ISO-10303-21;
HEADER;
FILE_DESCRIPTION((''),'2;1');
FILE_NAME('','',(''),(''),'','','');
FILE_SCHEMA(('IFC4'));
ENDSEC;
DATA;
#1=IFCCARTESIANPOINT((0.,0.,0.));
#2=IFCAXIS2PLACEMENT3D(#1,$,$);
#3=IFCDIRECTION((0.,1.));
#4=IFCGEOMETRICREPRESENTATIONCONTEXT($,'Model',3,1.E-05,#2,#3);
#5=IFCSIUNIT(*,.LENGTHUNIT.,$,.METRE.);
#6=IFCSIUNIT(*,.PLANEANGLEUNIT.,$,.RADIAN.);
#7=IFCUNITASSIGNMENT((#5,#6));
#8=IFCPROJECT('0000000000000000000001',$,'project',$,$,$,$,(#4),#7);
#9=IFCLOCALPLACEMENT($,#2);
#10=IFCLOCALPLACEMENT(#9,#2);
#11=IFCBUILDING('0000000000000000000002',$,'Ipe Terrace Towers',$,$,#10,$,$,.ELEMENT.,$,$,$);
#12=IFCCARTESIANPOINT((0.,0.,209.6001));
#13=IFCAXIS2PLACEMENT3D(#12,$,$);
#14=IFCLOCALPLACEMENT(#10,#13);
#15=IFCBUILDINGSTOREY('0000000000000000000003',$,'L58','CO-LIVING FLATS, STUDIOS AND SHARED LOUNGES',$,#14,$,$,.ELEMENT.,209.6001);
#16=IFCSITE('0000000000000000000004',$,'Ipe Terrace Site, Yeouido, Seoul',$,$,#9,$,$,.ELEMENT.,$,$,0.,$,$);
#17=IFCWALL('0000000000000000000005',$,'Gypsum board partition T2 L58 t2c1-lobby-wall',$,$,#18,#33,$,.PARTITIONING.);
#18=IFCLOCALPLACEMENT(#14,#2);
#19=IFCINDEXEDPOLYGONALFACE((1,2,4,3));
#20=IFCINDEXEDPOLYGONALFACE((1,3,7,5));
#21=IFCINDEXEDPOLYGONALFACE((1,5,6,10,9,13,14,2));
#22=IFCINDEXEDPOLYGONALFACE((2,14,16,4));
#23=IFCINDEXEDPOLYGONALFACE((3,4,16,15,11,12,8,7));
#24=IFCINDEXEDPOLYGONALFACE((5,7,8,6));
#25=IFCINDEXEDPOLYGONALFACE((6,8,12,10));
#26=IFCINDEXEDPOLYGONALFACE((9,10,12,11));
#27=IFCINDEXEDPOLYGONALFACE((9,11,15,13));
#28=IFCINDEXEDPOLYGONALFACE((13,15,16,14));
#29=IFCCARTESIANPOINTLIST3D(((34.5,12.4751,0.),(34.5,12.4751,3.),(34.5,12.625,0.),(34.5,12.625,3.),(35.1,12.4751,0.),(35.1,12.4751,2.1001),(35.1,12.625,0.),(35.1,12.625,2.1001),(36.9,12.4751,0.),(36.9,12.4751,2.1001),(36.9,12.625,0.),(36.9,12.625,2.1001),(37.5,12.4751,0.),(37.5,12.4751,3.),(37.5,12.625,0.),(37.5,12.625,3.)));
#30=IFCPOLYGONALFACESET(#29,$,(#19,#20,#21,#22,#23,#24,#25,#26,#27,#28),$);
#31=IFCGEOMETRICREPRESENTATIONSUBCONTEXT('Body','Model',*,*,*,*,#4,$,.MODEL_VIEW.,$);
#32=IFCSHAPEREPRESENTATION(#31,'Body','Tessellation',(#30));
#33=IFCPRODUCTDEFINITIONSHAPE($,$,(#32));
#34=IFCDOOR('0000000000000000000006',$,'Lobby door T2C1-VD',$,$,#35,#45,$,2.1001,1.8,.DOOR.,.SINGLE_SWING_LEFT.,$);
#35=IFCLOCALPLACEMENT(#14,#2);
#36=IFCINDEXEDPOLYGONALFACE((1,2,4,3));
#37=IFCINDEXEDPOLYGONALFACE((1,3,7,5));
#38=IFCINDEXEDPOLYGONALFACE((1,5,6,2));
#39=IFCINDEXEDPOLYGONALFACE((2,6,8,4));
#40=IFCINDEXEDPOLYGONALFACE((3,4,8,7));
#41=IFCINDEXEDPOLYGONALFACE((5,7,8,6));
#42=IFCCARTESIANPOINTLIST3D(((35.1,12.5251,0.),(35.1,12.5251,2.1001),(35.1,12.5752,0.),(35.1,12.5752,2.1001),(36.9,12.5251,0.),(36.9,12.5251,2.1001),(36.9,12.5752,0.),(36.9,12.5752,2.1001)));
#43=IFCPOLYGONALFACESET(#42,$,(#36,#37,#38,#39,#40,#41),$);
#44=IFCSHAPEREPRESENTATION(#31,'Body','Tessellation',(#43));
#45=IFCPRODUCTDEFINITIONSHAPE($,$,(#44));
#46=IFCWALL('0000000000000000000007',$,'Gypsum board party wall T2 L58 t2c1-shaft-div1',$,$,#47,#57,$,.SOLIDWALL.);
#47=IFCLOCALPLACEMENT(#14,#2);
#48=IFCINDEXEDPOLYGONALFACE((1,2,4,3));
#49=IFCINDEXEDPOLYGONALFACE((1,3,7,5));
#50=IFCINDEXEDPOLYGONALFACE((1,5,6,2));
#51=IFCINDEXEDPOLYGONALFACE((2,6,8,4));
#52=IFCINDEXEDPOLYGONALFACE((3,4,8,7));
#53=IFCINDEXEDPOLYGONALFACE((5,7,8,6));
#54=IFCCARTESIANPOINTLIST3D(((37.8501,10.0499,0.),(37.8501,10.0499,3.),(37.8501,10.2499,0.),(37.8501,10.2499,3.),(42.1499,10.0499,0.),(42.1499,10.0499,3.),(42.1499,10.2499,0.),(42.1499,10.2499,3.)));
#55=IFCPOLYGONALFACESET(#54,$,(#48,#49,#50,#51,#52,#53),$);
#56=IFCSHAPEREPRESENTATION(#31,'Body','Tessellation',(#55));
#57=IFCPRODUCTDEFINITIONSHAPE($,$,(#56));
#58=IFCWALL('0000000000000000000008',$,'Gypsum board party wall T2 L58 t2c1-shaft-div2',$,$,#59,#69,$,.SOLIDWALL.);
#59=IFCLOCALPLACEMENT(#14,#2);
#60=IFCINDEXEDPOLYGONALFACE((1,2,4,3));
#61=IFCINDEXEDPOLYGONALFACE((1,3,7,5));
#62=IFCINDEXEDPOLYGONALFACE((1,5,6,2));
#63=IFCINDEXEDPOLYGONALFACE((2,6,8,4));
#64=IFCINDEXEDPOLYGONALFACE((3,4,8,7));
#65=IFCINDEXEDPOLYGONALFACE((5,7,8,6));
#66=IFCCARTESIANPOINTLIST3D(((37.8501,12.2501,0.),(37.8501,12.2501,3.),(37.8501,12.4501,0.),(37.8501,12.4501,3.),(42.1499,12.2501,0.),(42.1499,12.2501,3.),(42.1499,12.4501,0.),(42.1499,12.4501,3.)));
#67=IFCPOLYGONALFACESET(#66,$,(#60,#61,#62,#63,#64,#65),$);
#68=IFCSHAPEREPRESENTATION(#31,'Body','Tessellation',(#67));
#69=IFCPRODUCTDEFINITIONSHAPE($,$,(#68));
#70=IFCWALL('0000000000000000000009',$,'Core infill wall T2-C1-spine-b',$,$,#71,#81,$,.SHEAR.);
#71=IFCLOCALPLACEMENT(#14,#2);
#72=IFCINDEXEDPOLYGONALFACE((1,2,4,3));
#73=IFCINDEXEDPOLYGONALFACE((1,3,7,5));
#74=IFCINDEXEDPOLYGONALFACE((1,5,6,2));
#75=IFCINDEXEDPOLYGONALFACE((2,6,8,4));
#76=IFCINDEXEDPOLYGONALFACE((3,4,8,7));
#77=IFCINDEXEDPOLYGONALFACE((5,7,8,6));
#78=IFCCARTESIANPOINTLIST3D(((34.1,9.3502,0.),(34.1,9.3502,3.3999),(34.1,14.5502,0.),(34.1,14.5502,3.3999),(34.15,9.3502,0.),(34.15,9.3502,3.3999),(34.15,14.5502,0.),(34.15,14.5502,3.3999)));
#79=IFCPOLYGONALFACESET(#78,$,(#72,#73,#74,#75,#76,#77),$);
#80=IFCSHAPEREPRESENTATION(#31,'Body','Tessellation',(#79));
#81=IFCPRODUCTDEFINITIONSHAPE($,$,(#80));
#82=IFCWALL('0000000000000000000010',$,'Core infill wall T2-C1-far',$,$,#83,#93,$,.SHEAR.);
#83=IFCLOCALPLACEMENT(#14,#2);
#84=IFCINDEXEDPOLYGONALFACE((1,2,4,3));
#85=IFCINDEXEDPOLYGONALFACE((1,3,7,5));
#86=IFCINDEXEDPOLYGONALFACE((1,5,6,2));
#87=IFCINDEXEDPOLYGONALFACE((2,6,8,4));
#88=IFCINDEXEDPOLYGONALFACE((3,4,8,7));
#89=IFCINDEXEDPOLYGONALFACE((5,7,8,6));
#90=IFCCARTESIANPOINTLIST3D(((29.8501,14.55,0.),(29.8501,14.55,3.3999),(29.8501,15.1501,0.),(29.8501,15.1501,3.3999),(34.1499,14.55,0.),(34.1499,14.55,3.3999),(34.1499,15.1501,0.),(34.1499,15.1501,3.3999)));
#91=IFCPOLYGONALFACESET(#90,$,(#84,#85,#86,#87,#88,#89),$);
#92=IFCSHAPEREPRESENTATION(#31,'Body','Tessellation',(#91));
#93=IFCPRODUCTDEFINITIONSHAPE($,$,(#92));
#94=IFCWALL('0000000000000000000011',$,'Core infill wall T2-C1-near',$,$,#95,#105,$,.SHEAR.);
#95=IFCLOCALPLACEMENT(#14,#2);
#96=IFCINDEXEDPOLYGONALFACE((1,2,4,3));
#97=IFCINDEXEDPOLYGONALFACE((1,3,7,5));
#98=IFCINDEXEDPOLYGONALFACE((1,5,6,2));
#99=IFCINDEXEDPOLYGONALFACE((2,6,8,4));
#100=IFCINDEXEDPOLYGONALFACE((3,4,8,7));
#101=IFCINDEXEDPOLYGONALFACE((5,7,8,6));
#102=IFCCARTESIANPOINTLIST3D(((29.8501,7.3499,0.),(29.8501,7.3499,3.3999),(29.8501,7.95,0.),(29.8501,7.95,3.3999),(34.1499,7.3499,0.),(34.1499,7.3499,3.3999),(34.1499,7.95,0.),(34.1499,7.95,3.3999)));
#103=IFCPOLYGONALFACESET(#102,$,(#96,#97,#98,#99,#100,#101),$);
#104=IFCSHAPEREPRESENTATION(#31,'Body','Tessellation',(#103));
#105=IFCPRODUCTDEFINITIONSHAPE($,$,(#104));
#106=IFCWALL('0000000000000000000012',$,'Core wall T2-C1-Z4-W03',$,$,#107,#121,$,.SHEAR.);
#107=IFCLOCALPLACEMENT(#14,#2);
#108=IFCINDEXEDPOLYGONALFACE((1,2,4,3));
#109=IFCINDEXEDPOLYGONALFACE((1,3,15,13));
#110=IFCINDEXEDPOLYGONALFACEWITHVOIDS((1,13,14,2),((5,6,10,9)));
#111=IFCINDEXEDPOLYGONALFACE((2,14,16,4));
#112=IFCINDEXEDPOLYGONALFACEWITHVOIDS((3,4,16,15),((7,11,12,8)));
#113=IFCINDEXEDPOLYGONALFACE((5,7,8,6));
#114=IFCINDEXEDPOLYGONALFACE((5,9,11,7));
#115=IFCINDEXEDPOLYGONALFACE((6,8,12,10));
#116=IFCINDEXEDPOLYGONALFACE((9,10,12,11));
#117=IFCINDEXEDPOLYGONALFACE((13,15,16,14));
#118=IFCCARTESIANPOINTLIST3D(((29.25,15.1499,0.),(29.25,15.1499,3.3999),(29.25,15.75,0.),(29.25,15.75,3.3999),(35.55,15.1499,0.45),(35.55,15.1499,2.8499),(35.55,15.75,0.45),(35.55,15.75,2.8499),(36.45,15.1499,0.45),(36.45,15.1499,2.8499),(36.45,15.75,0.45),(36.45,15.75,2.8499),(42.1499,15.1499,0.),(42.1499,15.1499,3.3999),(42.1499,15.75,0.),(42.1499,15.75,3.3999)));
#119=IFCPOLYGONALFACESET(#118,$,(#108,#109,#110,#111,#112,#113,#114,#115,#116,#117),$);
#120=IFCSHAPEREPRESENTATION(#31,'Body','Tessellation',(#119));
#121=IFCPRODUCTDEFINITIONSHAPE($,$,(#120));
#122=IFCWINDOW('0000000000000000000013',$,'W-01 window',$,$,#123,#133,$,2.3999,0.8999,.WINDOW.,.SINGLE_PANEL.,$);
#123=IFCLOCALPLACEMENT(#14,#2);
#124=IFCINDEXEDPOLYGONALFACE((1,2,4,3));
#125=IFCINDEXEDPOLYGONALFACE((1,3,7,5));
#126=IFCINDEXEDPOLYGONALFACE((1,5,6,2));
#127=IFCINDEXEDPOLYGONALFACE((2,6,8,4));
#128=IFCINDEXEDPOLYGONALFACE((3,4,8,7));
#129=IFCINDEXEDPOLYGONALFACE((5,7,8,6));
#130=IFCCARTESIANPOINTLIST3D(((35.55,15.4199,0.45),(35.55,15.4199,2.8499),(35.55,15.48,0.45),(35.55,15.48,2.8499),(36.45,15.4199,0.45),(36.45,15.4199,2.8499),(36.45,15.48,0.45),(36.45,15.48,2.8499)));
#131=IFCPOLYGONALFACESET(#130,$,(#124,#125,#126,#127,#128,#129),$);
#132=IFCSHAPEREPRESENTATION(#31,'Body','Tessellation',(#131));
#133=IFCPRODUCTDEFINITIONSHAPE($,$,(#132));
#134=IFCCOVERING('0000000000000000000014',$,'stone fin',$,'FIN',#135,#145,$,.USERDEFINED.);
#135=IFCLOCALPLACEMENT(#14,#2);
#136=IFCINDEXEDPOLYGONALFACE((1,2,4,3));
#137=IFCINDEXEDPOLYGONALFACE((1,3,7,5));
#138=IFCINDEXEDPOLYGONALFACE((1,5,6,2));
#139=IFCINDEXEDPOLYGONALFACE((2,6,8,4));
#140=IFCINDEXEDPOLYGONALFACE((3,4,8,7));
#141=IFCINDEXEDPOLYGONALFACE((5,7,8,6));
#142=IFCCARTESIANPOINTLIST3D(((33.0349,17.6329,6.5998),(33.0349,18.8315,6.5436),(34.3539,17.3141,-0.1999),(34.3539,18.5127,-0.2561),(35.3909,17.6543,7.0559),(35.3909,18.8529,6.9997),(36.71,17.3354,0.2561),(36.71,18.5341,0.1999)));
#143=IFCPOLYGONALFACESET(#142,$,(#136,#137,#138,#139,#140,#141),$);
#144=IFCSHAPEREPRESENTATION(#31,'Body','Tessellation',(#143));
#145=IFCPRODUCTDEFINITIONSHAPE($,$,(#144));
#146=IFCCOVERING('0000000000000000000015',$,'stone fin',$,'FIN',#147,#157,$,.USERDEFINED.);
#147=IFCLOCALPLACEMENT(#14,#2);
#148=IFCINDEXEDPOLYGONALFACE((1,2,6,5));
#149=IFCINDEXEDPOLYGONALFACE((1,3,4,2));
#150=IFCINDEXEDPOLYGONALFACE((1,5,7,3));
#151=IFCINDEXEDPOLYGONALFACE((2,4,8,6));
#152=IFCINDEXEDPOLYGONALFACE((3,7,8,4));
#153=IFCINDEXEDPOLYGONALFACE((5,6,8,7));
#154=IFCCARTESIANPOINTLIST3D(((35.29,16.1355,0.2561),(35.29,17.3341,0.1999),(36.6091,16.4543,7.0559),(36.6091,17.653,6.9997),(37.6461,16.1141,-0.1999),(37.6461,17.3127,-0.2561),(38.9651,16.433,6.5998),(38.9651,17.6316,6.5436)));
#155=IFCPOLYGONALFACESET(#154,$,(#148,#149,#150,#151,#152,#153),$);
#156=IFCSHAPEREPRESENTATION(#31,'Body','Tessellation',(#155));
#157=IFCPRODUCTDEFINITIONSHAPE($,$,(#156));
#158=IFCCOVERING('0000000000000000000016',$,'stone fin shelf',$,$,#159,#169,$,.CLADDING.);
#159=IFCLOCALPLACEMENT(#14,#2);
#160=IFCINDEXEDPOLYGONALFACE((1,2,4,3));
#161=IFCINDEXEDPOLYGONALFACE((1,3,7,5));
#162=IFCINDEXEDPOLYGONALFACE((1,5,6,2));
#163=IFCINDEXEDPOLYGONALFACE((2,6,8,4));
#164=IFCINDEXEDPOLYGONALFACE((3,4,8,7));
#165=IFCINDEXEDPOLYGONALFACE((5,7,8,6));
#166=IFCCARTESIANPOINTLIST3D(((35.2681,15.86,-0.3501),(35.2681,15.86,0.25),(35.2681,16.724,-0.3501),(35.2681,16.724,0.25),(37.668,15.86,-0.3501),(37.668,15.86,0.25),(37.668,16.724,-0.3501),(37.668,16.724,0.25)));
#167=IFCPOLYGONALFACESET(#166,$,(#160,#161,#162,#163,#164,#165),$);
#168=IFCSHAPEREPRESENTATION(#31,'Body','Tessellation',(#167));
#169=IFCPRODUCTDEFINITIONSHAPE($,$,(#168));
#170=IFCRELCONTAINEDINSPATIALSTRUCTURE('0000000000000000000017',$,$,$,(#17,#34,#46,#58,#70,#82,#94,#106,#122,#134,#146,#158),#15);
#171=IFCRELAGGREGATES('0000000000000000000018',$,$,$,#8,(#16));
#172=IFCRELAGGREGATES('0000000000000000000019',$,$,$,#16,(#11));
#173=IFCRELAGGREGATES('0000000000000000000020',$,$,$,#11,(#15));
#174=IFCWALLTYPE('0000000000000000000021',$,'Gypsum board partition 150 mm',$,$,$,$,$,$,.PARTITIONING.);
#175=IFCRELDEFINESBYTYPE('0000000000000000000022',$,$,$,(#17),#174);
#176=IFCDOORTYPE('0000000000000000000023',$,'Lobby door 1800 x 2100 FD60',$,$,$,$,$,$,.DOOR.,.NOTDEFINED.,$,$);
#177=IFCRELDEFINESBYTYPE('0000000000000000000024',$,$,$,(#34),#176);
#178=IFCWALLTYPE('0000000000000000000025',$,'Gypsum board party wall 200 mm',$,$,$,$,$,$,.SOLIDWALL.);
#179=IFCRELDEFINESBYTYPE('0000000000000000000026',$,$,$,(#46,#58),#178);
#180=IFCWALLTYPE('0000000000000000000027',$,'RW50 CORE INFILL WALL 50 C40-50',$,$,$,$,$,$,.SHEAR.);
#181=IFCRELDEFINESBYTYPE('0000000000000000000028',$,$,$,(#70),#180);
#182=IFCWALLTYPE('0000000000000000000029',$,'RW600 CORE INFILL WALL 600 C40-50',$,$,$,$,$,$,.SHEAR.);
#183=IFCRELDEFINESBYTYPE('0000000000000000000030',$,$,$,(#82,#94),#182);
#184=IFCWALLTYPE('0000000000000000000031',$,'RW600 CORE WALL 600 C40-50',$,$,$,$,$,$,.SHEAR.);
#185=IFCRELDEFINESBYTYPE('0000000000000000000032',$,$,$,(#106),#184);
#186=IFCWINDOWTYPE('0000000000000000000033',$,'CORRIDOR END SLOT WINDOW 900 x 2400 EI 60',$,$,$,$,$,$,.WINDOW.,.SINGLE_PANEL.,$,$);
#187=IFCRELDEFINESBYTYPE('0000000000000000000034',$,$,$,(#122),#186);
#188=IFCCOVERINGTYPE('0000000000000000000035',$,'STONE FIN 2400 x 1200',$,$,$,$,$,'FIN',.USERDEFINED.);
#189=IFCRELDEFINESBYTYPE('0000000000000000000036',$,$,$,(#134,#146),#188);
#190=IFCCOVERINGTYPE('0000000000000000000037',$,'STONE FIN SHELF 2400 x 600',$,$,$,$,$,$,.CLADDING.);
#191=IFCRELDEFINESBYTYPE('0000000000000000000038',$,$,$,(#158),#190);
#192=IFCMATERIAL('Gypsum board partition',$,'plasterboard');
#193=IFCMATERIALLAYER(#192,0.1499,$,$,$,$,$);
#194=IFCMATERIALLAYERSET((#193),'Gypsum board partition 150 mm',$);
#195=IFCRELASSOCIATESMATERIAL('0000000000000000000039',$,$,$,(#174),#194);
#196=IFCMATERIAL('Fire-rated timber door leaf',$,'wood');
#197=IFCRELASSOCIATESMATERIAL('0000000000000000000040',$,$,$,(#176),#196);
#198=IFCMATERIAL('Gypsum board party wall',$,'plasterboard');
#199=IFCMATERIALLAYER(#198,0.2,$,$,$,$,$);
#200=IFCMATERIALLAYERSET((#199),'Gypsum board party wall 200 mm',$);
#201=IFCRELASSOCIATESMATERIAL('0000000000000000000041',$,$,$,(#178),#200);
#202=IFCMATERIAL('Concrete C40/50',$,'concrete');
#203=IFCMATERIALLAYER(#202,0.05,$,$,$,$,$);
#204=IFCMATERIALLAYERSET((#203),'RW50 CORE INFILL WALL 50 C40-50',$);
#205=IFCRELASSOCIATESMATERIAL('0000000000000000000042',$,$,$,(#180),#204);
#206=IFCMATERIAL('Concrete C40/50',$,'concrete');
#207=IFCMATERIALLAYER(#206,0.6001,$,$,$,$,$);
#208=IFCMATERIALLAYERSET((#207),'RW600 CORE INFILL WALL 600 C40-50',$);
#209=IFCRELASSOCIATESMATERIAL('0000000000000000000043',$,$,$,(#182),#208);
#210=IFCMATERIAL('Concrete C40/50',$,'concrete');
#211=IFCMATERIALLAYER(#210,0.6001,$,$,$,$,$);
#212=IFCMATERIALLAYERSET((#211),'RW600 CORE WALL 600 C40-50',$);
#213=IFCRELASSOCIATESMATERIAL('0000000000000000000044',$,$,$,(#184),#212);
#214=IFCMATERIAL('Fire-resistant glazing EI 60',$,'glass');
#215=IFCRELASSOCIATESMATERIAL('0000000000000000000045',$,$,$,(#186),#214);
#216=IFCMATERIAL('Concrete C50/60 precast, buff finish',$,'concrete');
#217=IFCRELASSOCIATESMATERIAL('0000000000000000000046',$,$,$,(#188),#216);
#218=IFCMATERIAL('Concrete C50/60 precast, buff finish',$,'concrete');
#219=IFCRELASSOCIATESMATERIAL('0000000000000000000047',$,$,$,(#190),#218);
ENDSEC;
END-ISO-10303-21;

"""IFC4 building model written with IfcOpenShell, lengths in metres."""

from ifc_helpers import new_model, si_unit, direction, frame, frame_2d, origin, origin_2d, place, context, subcontext, project, spatial, rectangle, extrude, material, layer, layer_set, material_profile, profile_set, type_object, element, fill, save


model = new_model("IFC4")

# Units and contexts
model_context = context("Model", 3, precision=1e-05, world=origin(), true_north=direction((0.0, 1.0)))
body_context = subcontext(model_context, "Body", "Model", "MODEL_VIEW")
ifc_project = project(units=[si_unit("LENGTHUNIT", "METRE"), si_unit("PLANEANGLEUNIT", "RADIAN")], contexts=[model_context])

# Site, building, storey
site_placement = place(None, origin())
site = spatial("IfcSite", under=ifc_project, at=site_placement, Name="Ipe Terrace Site, Yeouido, Seoul", CompositionType="ELEMENT", RefElevation=0.0)
building_placement = place(site_placement, origin())
building = spatial("IfcBuilding", under=site, at=building_placement, Name="Ipe Terrace Towers", CompositionType="ELEMENT")
storey_placement = place(building_placement, frame((0.0, 0.0, 209.6001)))
storey = spatial("IfcBuildingStorey", under=building, at=storey_placement, Name="L58", Description="CO-LIVING FLATS, STUDIOS AND SHARED LOUNGES", CompositionType="ELEMENT", Elevation=209.6001)

# Wall, opening, door
ifc_material_1 = material(Name="Gypsum board partition", Category="plasterboard")
ifc_layer_1 = layer(ifc_material_1, 0.1499)
ifc_layer_set_1 = layer_set([ifc_layer_1], Name="Gypsum board partition 150 mm")
wall_type_1 = type_object("IfcWallType", Name="Gypsum board partition 150 mm", PredefinedType="PARTITIONING", material=ifc_layer_set_1)
wall_1_placement = place(storey_placement, frame((37.5, 12.55, 0.0), z_axis=(0.0, 0.0, 1.0), x_axis=(-1.0, 0.0, 0.0)))
wall_1 = element("IfcWall", 1, at=wall_1_placement, inside=storey, type_object=wall_type_1, Name="Gypsum board partition T2 L58 t2c1-lobby-wall", PredefinedType="PARTITIONING", context=body_context, shape_type="SweptSolid", body=[
    extrude(rectangle(XDim=3.0, YDim=0.1499, at=frame_2d((1.5, 0.0))), origin(), (0.0, 0.0, 1.0), 3.0),
])
opening_1_placement = place(wall_1_placement, frame((0.6001, 0.0, 0.0)))
opening_1 = element("IfcOpeningElement", 2, at=opening_1_placement, cuts=wall_1, PredefinedType="OPENING", context=body_context, shape_type="SweptSolid", body=[
    extrude(rectangle(XDim=1.8, YDim=2.1001, at=frame_2d((0.8999, 1.05))), frame((0.0, 0.085, 0.0), z_axis=(0.0, -1.0, 0.0), x_axis=(1.0, 0.0, 0.0)), (0.0, 0.0, 1.0), 0.1699),
])
ifc_material_2 = material(Name="Fire-rated timber door leaf", Category="wood")
door_type = type_object("IfcDoorType", Name="Lobby door 1800 x 2100 FD60", OperationType="NOTDEFINED", PredefinedType="DOOR", material=ifc_material_2)
door_placement = place(opening_1_placement, origin())
door = element("IfcDoor", 3, at=door_placement, inside=storey, type_object=door_type, Name="Lobby door T2C1-VD", OperationType="SINGLE_SWING_LEFT", OverallHeight=2.1001, OverallWidth=1.8, PredefinedType="DOOR", context=body_context, shape_type="SweptSolid", body=[
    extrude(rectangle(XDim=1.8, YDim=2.1001, at=frame_2d((0.8999, 1.05))), frame((0.0, 0.0249, 0.0), z_axis=(0.0, -1.0, 0.0), x_axis=(1.0, 0.0, 0.0)), (0.0, 0.0, 1.0), 0.05),
])
fill(opening_1, door)

# Walls
ifc_material_3 = material(Name="Gypsum board party wall", Category="plasterboard")
ifc_layer_2 = layer(ifc_material_3, 0.2)
ifc_layer_set_2 = layer_set([ifc_layer_2], Name="Gypsum board party wall 200 mm")
wall_type_2 = type_object("IfcWallType", Name="Gypsum board party wall 200 mm", PredefinedType="SOLIDWALL", material=ifc_layer_set_2)
for number, where, z_axis, x_axis, name in (
    (4, (42.1499, 10.1499, 0.0), (0.0, 0.0, 1.0), (-1.0, 0.0, 0.0), "Gypsum board party wall T2 L58 t2c1-shaft-div1"),
    (5, (42.1499, 12.3501, 0.0), (0.0, 0.0, 1.0), (-1.0, 0.0, 0.0), "Gypsum board party wall T2 L58 t2c1-shaft-div2"),
):
    element("IfcWall", number, at=place(storey_placement, frame(where, z_axis=z_axis, x_axis=x_axis)), inside=storey, type_object=wall_type_2, Name=name, PredefinedType="SOLIDWALL", context=body_context, shape_type="SweptSolid", body=[
        extrude(rectangle(XDim=4.2998, YDim=0.2, at=frame_2d((2.1499, 0.0))), origin(), (0.0, 0.0, 1.0), 3.0),
    ])
ifc_material_4 = material(Name="Concrete C40/50", Category="concrete")
ifc_layer_3 = layer(ifc_material_4, 0.05)
ifc_layer_set_3 = layer_set([ifc_layer_3], Name="RW50 CORE INFILL WALL 50 C40-50")
wall_type_3 = type_object("IfcWallType", Name="RW50 CORE INFILL WALL 50 C40-50", PredefinedType="SHEAR", material=ifc_layer_set_3)
wall_2_placement = place(storey_placement, frame((34.125, 9.3501, 0.0), z_axis=(0.0, 0.0, 1.0), x_axis=(0.0, 1.0, 0.0)))
element("IfcWall", 6, at=wall_2_placement, inside=storey, type_object=wall_type_3, Name="Core infill wall T2-C1-spine-b", PredefinedType="SHEAR", context=body_context, shape_type="SweptSolid", body=[
    extrude(rectangle(XDim=5.2, YDim=0.05, at=frame_2d((2.6001, 0.0))), origin(), (0.0, 0.0, 1.0), 3.3999),
])
ifc_material_5 = material(Name="Concrete C40/50", Category="concrete")
ifc_layer_4 = layer(ifc_material_5, 0.6001)
ifc_layer_set_4 = layer_set([ifc_layer_4], Name="RW600 CORE INFILL WALL 600 C40-50")
wall_type_4 = type_object("IfcWallType", Name="RW600 CORE INFILL WALL 600 C40-50", PredefinedType="SHEAR", material=ifc_layer_set_4)
for number, where, z_axis, x_axis, name in (
    (7, (34.1499, 14.8501, 0.0), (0.0, 0.0, 1.0), (-1.0, 0.0, 0.0), "Core infill wall T2-C1-far"),
    (8, (34.1499, 7.6499, 0.0), (0.0, 0.0, 1.0), (-1.0, 0.0, 0.0), "Core infill wall T2-C1-near"),
):
    element("IfcWall", number, at=place(storey_placement, frame(where, z_axis=z_axis, x_axis=x_axis)), inside=storey, type_object=wall_type_4, Name=name, PredefinedType="SHEAR", context=body_context, shape_type="SweptSolid", body=[
        extrude(rectangle(XDim=4.2998, YDim=0.6001, at=frame_2d((2.1499, 0.0))), origin(), (0.0, 0.0, 1.0), 3.3999),
    ])

# Wall, opening, window
ifc_material_6 = material(Name="Concrete C40/50", Category="concrete")
ifc_layer_5 = layer(ifc_material_6, 0.6001)
ifc_layer_set_5 = layer_set([ifc_layer_5], Name="RW600 CORE WALL 600 C40-50")
wall_type_5 = type_object("IfcWallType", Name="RW600 CORE WALL 600 C40-50", PredefinedType="SHEAR", material=ifc_layer_set_5)
wall_3_placement = place(storey_placement, frame((42.1499, 15.45, 0.0), z_axis=(0.0, 0.0, 1.0), x_axis=(-1.0, 0.0, 0.0)))
wall_3 = element("IfcWall", 9, at=wall_3_placement, inside=storey, type_object=wall_type_5, Name="Core wall T2-C1-Z4-W03", PredefinedType="SHEAR", context=body_context, shape_type="SweptSolid", body=[
    extrude(rectangle(XDim=12.8999, YDim=0.6001, at=frame_2d((6.45, 0.0))), origin(), (0.0, 0.0, 1.0), 3.3999),
])
opening_2_placement = place(wall_3_placement, frame((5.7, 0.0, 0.45)))
opening_2 = element("IfcOpeningElement", 10, at=opening_2_placement, cuts=wall_3, PredefinedType="OPENING", context=body_context, shape_type="SweptSolid", body=[
    extrude(rectangle(XDim=0.8999, YDim=2.3999, at=frame_2d((0.45, 1.2))), frame((0.0, 0.3101, 0.0), z_axis=(0.0, -1.0, 0.0), x_axis=(1.0, 0.0, 0.0)), (0.0, 0.0, 1.0), 0.6201),
])
ifc_material_7 = material(Name="Fire-resistant glazing EI 60", Category="glass")
window_type = type_object("IfcWindowType", Name="CORRIDOR END SLOT WINDOW 900 x 2400 EI 60", PartitioningType="SINGLE_PANEL", PredefinedType="WINDOW", material=ifc_material_7)
window_placement = place(opening_2_placement, origin())
window = element("IfcWindow", 11, at=window_placement, inside=storey, type_object=window_type, Name="W-01 window", OverallHeight=2.3999, OverallWidth=0.8999, PartitioningType="SINGLE_PANEL", PredefinedType="WINDOW", context=body_context, shape_type="SweptSolid", body=[
    extrude(rectangle(XDim=0.8999, YDim=2.3999, at=frame_2d((0.45, 1.2))), frame((0.0, 0.03, 0.0), z_axis=(0.0, -1.0, 0.0), x_axis=(1.0, 0.0, 0.0)), (0.0, 0.0, 1.0), 0.0601),
])
fill(opening_2, window)

# Coverings
ifc_material_8 = material(Name="Concrete C50/60 precast, buff finish", Category="concrete")
ifc_material_profile = material_profile(ifc_material_8, rectangle(XDim=2.3999, YDim=1.2, at=origin_2d()), Name="STONE FIN 2400 x 1200")
ifc_profile_set = profile_set([ifc_material_profile], Name="Concrete C50/60 precast, buff finish")
covering_type_1 = type_object("IfcCoveringType", Name="STONE FIN 2400 x 1200", ElementType="FIN", PredefinedType="USERDEFINED", material=ifc_profile_set)
for number, where, z_axis, x_axis, name in (
    (12, (35.532, 17.9241, 0.0), (-0.190238, 0.045984, 0.98066), (-0.981738, -0.008911, -0.190029), "stone fin"),
    (13, (36.468, 16.7241, 0.0), (0.190238, 0.045984, 0.98066), (-0.981738, 0.008911, 0.190029), "stone fin"),
):
    element("IfcCovering", number, at=place(storey_placement, frame(where, z_axis=z_axis, x_axis=x_axis)), inside=storey, type_object=covering_type_1, Name=name, ObjectType="FIN", PredefinedType="USERDEFINED", context=body_context, shape_type="SweptSolid", body=[
        extrude(rectangle(XDim=2.3999, YDim=1.2, at=origin_2d()), origin(), (0.0, 0.0, 1.0), 6.9338),
    ])
ifc_material_9 = material(Name="Concrete C50/60 precast, buff finish", Category="concrete")
covering_type_2 = type_object("IfcCoveringType", Name="STONE FIN SHELF 2400 x 600", PredefinedType="CLADDING", material=ifc_material_9)
covering_placement = place(storey_placement, frame((36.468, 16.292, -0.3501), z_axis=(0.0, 0.0, 1.0), x_axis=(-1.0, 0.0, 0.0)))
element("IfcCovering", 14, at=covering_placement, inside=storey, type_object=covering_type_2, Name="stone fin shelf", PredefinedType="CLADDING", context=body_context, shape_type="SweptSolid", body=[
    extrude(rectangle(XDim=2.3999, YDim=0.864, at=origin_2d()), origin(), (0.0, 0.0, 1.0), 0.6001),
])

save(model, "model.ifc")
